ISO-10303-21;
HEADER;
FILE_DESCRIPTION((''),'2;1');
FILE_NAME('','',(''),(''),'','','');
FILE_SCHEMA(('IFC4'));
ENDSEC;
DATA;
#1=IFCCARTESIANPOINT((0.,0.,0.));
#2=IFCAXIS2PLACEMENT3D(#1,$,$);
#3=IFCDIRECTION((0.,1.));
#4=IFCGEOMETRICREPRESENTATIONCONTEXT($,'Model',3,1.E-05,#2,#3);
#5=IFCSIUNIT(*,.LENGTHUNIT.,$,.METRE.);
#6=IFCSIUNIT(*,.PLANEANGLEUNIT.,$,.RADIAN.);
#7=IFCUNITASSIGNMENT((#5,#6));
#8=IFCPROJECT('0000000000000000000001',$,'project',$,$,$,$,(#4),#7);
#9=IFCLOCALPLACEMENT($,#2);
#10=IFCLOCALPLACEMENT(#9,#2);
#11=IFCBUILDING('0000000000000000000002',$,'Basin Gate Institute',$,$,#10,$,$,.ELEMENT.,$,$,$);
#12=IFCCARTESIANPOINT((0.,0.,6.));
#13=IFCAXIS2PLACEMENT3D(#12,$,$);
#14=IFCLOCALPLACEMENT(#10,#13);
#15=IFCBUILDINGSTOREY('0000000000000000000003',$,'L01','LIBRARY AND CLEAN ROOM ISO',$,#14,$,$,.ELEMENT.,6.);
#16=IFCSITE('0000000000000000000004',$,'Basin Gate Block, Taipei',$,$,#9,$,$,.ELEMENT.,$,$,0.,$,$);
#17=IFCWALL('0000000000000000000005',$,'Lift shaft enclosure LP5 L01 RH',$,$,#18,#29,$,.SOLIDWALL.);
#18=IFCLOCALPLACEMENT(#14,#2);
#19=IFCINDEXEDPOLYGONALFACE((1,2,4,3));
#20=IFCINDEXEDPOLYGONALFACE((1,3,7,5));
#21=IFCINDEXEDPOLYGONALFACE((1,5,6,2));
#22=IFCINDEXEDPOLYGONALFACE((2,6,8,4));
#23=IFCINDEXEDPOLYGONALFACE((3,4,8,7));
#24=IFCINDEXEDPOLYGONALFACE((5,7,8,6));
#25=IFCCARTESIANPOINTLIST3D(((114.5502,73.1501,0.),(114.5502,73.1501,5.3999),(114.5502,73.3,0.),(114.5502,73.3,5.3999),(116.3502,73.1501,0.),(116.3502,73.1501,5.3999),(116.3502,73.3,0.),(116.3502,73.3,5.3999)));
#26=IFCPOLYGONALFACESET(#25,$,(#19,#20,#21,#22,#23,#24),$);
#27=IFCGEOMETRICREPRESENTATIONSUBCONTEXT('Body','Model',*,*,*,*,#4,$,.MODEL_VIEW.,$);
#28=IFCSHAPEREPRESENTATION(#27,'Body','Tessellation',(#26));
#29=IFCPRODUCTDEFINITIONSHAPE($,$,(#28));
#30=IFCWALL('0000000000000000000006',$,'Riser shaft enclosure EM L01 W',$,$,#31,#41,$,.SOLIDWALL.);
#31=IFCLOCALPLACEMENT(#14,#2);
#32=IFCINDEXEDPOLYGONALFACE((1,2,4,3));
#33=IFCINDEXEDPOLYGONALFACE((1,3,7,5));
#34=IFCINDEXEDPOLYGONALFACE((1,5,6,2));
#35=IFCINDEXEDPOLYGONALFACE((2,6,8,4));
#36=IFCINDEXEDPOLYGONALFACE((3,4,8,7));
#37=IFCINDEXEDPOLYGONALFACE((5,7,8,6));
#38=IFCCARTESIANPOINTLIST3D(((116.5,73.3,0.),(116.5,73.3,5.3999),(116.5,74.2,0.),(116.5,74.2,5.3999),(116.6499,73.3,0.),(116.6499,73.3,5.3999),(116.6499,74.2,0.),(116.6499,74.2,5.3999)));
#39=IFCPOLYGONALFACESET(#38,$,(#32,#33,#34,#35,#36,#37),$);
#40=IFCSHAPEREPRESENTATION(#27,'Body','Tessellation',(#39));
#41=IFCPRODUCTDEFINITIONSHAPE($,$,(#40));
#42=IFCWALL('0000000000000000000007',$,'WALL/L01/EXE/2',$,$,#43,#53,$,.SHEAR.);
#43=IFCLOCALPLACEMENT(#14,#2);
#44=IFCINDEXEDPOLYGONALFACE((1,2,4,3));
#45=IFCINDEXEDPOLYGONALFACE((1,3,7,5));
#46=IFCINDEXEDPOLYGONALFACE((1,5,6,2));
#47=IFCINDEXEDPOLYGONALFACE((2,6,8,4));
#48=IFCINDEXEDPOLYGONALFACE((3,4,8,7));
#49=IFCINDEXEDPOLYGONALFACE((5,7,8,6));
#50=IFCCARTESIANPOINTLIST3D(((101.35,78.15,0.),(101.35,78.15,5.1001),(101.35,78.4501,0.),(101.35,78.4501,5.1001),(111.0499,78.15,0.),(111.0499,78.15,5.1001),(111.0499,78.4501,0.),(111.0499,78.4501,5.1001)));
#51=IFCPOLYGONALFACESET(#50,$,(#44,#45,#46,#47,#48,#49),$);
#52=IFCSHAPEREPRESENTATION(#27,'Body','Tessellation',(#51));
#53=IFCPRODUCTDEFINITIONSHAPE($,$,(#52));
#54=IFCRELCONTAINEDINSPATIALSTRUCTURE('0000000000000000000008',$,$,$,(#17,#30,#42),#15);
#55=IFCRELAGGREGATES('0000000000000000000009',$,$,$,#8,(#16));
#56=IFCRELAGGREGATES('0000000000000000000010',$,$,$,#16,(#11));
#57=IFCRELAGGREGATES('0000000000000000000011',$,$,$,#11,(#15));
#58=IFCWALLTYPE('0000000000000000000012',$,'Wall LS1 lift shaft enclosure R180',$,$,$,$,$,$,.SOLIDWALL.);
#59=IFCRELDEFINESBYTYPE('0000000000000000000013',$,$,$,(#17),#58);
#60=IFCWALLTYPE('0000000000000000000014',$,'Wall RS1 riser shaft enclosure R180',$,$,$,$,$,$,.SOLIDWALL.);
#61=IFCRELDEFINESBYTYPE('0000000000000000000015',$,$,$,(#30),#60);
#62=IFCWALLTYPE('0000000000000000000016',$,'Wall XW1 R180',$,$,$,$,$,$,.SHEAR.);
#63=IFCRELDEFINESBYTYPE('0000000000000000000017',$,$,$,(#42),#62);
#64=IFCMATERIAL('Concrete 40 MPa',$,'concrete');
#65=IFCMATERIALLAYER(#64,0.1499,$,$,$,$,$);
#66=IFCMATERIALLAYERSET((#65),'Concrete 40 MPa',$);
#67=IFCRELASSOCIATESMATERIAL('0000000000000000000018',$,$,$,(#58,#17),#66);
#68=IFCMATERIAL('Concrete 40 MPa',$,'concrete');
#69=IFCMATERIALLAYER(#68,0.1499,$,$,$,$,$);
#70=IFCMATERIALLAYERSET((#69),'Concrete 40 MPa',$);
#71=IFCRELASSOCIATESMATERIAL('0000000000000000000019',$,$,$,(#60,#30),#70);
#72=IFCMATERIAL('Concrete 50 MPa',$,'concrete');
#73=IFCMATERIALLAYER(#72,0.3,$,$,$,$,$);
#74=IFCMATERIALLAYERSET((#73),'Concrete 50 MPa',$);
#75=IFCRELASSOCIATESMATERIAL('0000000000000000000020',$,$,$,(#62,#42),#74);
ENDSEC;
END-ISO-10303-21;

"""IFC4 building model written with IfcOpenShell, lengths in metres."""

from ifc_helpers import new_model, si_unit, direction, frame, frame_2d, origin, place, context, subcontext, project, spatial, rectangle, extrude, material, layer, layer_set, type_object, element, save


model = new_model("IFC4")

# Units and contexts
model_context = context("Model", 3, precision=1e-05, world=origin(), true_north=direction((0.0, 1.0)))
body_context = subcontext(model_context, "Body", "Model", "MODEL_VIEW")
ifc_project = project(units=[si_unit("LENGTHUNIT", "METRE"), si_unit("PLANEANGLEUNIT", "RADIAN")], contexts=[model_context])

# Site, building, storey
site_placement = place(None, origin())
site = spatial("IfcSite", under=ifc_project, at=site_placement, Name="Basin Gate Block, Taipei", CompositionType="ELEMENT", RefElevation=0.0)
building_placement = place(site_placement, origin())
building = spatial("IfcBuilding", under=site, at=building_placement, Name="Basin Gate Institute", CompositionType="ELEMENT")
storey_placement = place(building_placement, frame((0.0, 0.0, 6.0)))
storey = spatial("IfcBuildingStorey", under=building, at=storey_placement, Name="L01", Description="LIBRARY AND CLEAN ROOM ISO", CompositionType="ELEMENT", Elevation=6.0)

# Walls
ifc_material_1 = material(Name="Concrete 40 MPa", Category="concrete")
ifc_layer_1 = layer(ifc_material_1, 0.1499)
ifc_layer_set_1 = layer_set([ifc_layer_1], Name="Concrete 40 MPa")
wall_type_1 = type_object("IfcWallType", Name="Wall LS1 lift shaft enclosure R180", PredefinedType="SOLIDWALL", material=ifc_layer_set_1)
wall_1_placement = place(storey_placement, frame((116.3501, 73.2251, 0.0), z_axis=(0.0, 0.0, 1.0), x_axis=(-1.0, 0.0, 0.0)))
element("IfcWall", 1, at=wall_1_placement, inside=storey, type_object=wall_type_1, material=ifc_layer_set_1, Name="Lift shaft enclosure LP5 L01 RH", PredefinedType="SOLIDWALL", context=body_context, shape_type="SweptSolid", body=[
    extrude(rectangle(XDim=1.8, YDim=0.1499, at=frame_2d((0.8999, 0.0))), origin(), (0.0, 0.0, 1.0), 5.3999),
])
ifc_material_2 = material(Name="Concrete 40 MPa", Category="concrete")
ifc_layer_2 = layer(ifc_material_2, 0.1499)
ifc_layer_set_2 = layer_set([ifc_layer_2], Name="Concrete 40 MPa")
wall_type_2 = type_object("IfcWallType", Name="Wall RS1 riser shaft enclosure R180", PredefinedType="SOLIDWALL", material=ifc_layer_set_2)
wall_2_placement = place(storey_placement, frame((116.575, 73.3, 0.0), z_axis=(0.0, 0.0, 1.0), x_axis=(0.0, 1.0, 0.0)))
element("IfcWall", 2, at=wall_2_placement, inside=storey, type_object=wall_type_2, material=ifc_layer_set_2, Name="Riser shaft enclosure EM L01 W", PredefinedType="SOLIDWALL", context=body_context, shape_type="SweptSolid", body=[
    extrude(rectangle(XDim=0.8999, YDim=0.1499, at=frame_2d((0.45, 0.0))), origin(), (0.0, 0.0, 1.0), 5.3999),
])
ifc_material_3 = material(Name="Concrete 50 MPa", Category="concrete")
ifc_layer_3 = layer(ifc_material_3, 0.3)
ifc_layer_set_3 = layer_set([ifc_layer_3], Name="Concrete 50 MPa")
wall_type_3 = type_object("IfcWallType", Name="Wall XW1 R180", PredefinedType="SHEAR", material=ifc_layer_set_3)
wall_3_placement = place(storey_placement, frame((111.05, 78.3, 0.0), z_axis=(0.0, 0.0, 1.0), x_axis=(-1.0, 0.0, 0.0)))
element("IfcWall", 3, at=wall_3_placement, inside=storey, type_object=wall_type_3, material=ifc_layer_set_3, Name="WALL/L01/EXE/2", PredefinedType="SHEAR", context=body_context, shape_type="SweptSolid", body=[
    extrude(rectangle(XDim=9.7, YDim=0.3, at=frame_2d((4.8501, 0.0))), origin(), (0.0, 0.0, 1.0), 5.1001),
])

save(model, "model.ifc")
